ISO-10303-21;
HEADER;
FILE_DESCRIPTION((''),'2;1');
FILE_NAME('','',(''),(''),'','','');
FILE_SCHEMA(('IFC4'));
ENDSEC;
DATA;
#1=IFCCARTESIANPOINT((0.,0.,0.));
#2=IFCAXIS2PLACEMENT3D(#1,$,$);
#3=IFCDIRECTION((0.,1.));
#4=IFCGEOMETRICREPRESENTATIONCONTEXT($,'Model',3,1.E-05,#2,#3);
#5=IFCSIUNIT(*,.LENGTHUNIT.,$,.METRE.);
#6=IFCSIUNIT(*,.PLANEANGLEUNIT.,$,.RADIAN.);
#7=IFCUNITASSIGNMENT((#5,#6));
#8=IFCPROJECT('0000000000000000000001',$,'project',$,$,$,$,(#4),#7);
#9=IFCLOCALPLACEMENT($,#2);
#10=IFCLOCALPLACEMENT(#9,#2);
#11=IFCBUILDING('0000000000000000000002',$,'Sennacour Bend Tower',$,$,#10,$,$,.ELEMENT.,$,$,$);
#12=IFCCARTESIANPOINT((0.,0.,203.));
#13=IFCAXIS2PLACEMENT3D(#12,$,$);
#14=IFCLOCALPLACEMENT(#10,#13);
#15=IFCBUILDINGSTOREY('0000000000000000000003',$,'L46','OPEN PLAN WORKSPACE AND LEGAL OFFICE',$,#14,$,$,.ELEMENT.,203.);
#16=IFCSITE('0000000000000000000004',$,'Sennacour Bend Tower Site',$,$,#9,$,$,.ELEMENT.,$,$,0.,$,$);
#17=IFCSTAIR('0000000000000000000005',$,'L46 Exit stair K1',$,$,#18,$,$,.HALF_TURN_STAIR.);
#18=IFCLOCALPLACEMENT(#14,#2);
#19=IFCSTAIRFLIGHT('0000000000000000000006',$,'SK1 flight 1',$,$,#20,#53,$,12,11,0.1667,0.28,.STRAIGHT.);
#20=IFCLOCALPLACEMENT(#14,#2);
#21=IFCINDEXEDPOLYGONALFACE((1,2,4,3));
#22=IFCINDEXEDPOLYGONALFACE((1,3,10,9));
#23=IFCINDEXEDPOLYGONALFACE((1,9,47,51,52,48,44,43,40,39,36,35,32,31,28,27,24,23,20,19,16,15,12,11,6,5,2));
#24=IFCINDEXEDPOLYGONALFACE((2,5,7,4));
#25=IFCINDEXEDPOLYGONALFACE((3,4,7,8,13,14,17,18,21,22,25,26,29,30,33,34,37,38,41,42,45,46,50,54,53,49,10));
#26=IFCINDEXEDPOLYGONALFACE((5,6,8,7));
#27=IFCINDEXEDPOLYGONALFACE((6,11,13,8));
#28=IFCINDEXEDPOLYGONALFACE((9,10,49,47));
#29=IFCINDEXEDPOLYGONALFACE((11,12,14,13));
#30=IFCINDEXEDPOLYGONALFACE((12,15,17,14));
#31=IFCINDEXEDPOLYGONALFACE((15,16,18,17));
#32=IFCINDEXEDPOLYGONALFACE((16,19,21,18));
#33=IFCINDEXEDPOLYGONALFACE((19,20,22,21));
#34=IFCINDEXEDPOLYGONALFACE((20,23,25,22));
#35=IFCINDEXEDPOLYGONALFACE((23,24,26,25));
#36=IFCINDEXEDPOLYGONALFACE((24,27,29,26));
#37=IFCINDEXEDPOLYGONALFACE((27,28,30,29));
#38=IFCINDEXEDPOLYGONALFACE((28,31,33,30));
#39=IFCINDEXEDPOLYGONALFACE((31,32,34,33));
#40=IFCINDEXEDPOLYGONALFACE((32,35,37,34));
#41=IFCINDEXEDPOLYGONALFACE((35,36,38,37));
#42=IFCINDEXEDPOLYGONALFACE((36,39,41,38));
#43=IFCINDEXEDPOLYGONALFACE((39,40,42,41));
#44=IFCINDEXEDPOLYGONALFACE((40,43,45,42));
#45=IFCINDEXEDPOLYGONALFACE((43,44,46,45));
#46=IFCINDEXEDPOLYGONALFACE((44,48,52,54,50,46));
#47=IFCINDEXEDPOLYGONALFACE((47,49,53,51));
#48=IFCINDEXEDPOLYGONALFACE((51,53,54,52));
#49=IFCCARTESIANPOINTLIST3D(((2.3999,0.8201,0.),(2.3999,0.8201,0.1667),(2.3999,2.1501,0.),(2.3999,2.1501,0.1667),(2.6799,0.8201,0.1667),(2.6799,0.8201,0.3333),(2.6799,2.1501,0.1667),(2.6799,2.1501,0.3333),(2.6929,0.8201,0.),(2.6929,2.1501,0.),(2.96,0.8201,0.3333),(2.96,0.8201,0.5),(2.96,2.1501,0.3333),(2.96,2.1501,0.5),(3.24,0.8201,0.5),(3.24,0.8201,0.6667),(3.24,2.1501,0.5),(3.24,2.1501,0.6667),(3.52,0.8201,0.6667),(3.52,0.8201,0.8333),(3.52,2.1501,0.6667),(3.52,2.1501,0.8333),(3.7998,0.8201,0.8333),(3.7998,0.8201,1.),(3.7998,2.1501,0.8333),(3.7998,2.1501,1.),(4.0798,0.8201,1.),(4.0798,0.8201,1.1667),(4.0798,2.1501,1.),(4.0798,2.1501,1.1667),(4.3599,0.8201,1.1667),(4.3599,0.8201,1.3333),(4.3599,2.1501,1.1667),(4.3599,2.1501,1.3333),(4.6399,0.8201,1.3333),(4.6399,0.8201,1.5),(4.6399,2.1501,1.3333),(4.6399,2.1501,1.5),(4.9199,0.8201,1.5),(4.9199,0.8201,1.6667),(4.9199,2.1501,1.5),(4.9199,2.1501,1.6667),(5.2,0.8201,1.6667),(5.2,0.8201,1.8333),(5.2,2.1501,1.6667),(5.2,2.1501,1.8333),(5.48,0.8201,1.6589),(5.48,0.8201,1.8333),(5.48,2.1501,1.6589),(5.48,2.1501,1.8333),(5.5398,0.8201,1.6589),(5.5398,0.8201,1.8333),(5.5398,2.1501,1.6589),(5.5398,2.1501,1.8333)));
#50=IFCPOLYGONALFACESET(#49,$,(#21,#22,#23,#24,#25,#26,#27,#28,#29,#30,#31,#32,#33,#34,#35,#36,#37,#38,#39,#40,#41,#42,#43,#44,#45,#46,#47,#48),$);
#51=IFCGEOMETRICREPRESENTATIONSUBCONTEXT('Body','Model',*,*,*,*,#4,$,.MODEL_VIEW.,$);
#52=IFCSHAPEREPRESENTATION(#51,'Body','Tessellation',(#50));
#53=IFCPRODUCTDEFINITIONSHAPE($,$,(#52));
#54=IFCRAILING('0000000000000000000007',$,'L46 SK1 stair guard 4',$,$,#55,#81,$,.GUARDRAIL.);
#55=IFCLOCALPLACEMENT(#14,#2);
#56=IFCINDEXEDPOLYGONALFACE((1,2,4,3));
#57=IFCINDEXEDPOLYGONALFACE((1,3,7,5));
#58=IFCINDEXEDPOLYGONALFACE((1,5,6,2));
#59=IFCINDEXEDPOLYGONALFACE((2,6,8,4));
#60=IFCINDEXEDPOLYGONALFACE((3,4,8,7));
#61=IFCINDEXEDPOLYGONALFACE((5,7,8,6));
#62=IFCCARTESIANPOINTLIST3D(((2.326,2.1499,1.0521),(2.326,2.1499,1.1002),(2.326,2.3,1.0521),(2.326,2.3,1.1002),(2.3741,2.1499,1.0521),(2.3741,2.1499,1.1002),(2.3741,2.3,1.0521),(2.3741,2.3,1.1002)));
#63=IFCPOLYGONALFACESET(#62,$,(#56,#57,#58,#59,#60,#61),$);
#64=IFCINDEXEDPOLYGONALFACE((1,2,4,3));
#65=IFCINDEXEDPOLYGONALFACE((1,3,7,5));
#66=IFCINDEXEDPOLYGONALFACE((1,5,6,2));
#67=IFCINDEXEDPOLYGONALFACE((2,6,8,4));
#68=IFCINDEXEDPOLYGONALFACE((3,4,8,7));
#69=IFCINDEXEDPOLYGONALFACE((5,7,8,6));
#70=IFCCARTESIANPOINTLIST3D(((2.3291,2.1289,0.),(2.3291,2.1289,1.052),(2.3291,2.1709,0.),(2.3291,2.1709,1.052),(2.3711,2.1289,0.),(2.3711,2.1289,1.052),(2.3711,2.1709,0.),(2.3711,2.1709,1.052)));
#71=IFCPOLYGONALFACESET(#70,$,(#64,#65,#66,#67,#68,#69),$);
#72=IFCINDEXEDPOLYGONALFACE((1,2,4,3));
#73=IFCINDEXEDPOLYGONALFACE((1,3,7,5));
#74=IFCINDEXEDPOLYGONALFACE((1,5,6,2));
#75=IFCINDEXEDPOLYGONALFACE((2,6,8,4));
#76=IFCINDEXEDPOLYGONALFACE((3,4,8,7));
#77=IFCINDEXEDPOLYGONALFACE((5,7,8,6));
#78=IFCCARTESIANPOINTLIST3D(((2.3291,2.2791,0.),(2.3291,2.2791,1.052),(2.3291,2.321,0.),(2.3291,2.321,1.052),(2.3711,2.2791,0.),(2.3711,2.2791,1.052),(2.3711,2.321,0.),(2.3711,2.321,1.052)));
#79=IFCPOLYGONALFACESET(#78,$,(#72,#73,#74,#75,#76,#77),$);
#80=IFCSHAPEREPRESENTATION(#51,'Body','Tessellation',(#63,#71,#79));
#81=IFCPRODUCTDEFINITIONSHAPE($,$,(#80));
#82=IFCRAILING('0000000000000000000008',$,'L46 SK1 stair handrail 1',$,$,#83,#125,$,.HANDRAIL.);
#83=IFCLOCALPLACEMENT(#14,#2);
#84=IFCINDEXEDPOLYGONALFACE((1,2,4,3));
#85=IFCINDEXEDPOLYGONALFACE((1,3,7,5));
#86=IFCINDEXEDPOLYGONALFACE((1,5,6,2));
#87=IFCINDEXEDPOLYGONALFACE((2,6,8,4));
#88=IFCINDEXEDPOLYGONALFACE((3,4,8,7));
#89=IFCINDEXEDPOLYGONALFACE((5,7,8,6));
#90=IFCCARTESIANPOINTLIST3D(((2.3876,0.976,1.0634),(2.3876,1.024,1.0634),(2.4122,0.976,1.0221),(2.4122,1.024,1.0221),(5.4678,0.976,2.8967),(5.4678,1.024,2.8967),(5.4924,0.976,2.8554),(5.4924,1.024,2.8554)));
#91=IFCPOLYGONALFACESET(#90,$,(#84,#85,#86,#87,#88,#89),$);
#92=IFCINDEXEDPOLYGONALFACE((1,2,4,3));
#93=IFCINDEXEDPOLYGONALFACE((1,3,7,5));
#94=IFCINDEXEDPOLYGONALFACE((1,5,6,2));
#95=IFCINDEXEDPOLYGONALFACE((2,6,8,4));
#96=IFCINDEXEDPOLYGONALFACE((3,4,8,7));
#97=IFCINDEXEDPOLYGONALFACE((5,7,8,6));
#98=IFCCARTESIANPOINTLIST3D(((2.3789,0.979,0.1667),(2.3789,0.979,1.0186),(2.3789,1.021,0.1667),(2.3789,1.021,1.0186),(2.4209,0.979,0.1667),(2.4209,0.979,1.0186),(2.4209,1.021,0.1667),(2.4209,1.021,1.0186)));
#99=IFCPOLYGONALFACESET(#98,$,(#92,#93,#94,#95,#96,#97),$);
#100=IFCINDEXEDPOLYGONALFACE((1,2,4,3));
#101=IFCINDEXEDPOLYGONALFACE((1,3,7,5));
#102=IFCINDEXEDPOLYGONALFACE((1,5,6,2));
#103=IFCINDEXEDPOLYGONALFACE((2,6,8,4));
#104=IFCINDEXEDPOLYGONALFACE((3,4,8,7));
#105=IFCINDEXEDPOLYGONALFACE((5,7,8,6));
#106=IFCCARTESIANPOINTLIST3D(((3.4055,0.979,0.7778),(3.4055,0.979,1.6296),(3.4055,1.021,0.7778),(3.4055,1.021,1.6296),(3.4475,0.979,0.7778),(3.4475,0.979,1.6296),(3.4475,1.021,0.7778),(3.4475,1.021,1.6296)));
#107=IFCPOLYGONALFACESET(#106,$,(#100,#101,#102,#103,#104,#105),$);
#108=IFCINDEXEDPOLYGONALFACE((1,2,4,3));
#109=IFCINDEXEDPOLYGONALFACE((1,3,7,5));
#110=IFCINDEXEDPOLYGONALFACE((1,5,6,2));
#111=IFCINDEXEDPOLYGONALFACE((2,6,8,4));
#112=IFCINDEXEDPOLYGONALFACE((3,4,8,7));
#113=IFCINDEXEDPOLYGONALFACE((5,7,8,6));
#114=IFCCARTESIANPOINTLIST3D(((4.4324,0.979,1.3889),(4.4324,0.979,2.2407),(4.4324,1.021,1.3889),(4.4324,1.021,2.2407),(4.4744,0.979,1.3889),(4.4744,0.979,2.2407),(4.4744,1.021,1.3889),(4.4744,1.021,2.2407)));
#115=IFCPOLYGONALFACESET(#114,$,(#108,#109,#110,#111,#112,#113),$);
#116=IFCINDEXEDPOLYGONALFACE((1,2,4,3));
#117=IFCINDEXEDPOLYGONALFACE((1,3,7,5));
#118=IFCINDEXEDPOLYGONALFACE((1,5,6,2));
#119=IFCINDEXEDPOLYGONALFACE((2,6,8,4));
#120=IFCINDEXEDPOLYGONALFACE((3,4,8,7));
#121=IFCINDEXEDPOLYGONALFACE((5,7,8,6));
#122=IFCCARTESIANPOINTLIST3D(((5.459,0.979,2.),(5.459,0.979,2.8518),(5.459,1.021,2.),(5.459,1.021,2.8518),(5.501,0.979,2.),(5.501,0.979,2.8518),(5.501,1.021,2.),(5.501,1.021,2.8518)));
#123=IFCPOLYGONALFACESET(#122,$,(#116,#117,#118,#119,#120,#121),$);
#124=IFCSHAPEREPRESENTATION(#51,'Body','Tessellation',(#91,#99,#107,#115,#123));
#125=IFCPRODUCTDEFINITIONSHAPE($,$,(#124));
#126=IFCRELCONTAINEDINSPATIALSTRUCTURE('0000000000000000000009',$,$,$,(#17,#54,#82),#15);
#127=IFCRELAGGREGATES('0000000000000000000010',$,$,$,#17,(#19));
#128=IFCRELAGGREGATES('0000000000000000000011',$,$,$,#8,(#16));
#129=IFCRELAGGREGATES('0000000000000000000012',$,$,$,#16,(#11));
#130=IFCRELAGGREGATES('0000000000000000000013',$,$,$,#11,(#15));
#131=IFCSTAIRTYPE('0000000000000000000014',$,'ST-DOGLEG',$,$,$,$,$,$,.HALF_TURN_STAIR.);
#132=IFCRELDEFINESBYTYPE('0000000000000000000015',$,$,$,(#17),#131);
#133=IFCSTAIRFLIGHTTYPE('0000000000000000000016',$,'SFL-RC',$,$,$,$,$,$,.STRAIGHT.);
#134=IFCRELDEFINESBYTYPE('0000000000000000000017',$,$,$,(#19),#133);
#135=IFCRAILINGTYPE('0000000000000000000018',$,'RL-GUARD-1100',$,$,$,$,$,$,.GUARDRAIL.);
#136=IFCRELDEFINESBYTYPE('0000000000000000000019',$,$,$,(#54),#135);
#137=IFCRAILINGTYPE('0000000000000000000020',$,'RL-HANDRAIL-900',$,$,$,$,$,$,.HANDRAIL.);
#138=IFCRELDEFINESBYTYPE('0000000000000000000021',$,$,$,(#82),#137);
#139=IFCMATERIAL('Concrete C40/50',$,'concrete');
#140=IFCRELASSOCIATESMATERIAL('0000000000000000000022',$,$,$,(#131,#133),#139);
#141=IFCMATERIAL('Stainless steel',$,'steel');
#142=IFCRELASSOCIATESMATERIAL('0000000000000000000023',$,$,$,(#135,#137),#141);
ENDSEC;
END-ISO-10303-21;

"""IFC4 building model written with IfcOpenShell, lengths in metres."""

from ifc_helpers import new_model, si_unit, direction, frame, origin, origin_2d, place, context, subcontext, project, spatial, polyline, rectangle, outline, extrude, material, type_object, element, aggregate, save


model = new_model("IFC4")

# Units and contexts
model_context = context("Model", 3, precision=1e-05, world=origin(), true_north=direction((0.0, 1.0)))
body_context = subcontext(model_context, "Body", "Model", "MODEL_VIEW")
ifc_project = project(units=[si_unit("LENGTHUNIT", "METRE"), si_unit("PLANEANGLEUNIT", "RADIAN")], contexts=[model_context])

# Site, building, storey
site_placement = place(None, origin())
site = spatial("IfcSite", under=ifc_project, at=site_placement, Name="Sennacour Bend Tower Site", CompositionType="ELEMENT", RefElevation=0.0)
building_placement = place(site_placement, origin())
building = spatial("IfcBuilding", under=site, at=building_placement, Name="Sennacour Bend Tower", CompositionType="ELEMENT")
storey_placement = place(building_placement, frame((0.0, 0.0, 203.0)))
storey = spatial("IfcBuildingStorey", under=building, at=storey_placement, Name="L46", Description="OPEN PLAN WORKSPACE AND LEGAL OFFICE", CompositionType="ELEMENT", Elevation=203.0)

# Stair, stair flight
ifc_material_1 = material(Name="Concrete C40/50", Category="concrete")
stair_type = type_object("IfcStairType", Name="ST-DOGLEG", PredefinedType="HALF_TURN_STAIR", material=ifc_material_1)
stair_placement = place(storey_placement, origin())
stair = element("IfcStair", 1, at=stair_placement, inside=storey, type_object=stair_type, Name="L46 Exit stair K1", PredefinedType="HALF_TURN_STAIR")
stair_flight_type = type_object("IfcStairFlightType", Name="SFL-RC", PredefinedType="STRAIGHT", material=ifc_material_1)
stair_flight_placement = place(storey_placement, frame((2.3999, 1.4851, 0.0), z_axis=(0.0, 0.0, 1.0), x_axis=(1.0, 0.0, 0.0)))
stair_flight = element("IfcStairFlight", 2, at=stair_flight_placement, type_object=stair_flight_type, Name="SK1 flight 1", NumberOfRisers=12, NumberOfTreads=11, PredefinedType="STRAIGHT", RiserHeight=0.1667, TreadLength=0.28, context=body_context, shape_type="SweptSolid", body=[
    extrude(outline(polyline([(0.0, 0.0), (0.0, 0.1667), (0.28, 0.1667), (0.28, 0.3333), (0.5601, 0.3333), (0.5601, 0.5), (0.8401, 0.5), (0.8401, 0.6667), (1.1201, 0.6667), (1.1201, 0.8333), (1.3999, 0.8333), (1.3999, 1.0), (1.6799, 1.0), (1.6799, 1.1667), (1.96, 1.1667), (1.96, 1.3333), (2.24, 1.3333), (2.24, 1.5), (2.52, 1.5), (2.52, 1.6667), (2.8, 1.6667), (2.8, 1.8333), (3.0801, 1.8333), (3.1399, 1.8333), (3.1399, 1.6589), (3.0801, 1.6589), (0.293, 0.0), (0.0, 0.0)])), frame((0.0, 0.665, 0.0), z_axis=(0.0, -1.0, 0.0), x_axis=(1.0, 0.0, 0.0)), (0.0, 0.0, 1.0), 1.3301),
])
aggregate(stair, [stair_flight])

# Railings
ifc_material_2 = material(Name="Stainless steel", Category="steel")
railing_type_1 = type_object("IfcRailingType", Name="RL-GUARD-1100", PredefinedType="GUARDRAIL", material=ifc_material_2)
railing_1_placement = place(storey_placement, frame((2.3501, 2.1499, 0.0)))
element("IfcRailing", 3, at=railing_1_placement, inside=storey, type_object=railing_type_1, Name="L46 SK1 stair guard 4", PredefinedType="GUARDRAIL", context=body_context, shape_type="SweptSolid", body=[
    extrude(rectangle(XDim=0.0481, YDim=0.0481, at=origin_2d()), frame((0.0, 0.0, 1.0762), z_axis=(0.0, 1.0, 0.0), x_axis=(-1.0, 0.0, 0.0)), (0.0, 0.0, 1.0), 0.1501),
    extrude(rectangle(XDim=0.042, YDim=0.042, at=origin_2d()), origin(), (0.0, 0.0, 1.0), 1.052),
    extrude(rectangle(XDim=0.042, YDim=0.042, at=origin_2d()), frame((0.0, 0.1501, 0.0)), (0.0, 0.0, 1.0), 1.052),
])
railing_type_2 = type_object("IfcRailingType", Name="RL-HANDRAIL-900", PredefinedType="HANDRAIL", material=ifc_material_2)
railing_2_placement = place(storey_placement, frame((2.3999, 1.0, 0.1667)))
element("IfcRailing", 4, at=railing_2_placement, inside=storey, type_object=railing_type_2, Name="L46 SK1 stair handrail 1", PredefinedType="HANDRAIL", context=body_context, shape_type="SweptSolid", body=[
    extrude(rectangle(XDim=0.0481, YDim=0.0481, at=origin_2d()), frame((0.0, 0.0, 0.876), z_axis=(0.859309, 0.0, 0.511458), x_axis=(0.0, 1.0, 0.0)), (0.0, 0.0, 1.0), 3.5845),
    extrude(rectangle(XDim=0.042, YDim=0.042, at=origin_2d()), origin(), (0.0, 0.0, 1.0), 0.8518),
    extrude(rectangle(XDim=0.042, YDim=0.042, at=origin_2d()), frame((1.0266, 0.0, 0.6111)), (0.0, 0.0, 1.0), 0.8518),
    extrude(rectangle(XDim=0.042, YDim=0.042, at=origin_2d()), frame((2.0535, 0.0, 1.2222)), (0.0, 0.0, 1.0), 0.8518),
    extrude(rectangle(XDim=0.042, YDim=0.042, at=origin_2d()), frame((3.0801, 0.0, 1.8333)), (0.0, 0.0, 1.0), 0.8518),
])

save(model, "model.ifc")
